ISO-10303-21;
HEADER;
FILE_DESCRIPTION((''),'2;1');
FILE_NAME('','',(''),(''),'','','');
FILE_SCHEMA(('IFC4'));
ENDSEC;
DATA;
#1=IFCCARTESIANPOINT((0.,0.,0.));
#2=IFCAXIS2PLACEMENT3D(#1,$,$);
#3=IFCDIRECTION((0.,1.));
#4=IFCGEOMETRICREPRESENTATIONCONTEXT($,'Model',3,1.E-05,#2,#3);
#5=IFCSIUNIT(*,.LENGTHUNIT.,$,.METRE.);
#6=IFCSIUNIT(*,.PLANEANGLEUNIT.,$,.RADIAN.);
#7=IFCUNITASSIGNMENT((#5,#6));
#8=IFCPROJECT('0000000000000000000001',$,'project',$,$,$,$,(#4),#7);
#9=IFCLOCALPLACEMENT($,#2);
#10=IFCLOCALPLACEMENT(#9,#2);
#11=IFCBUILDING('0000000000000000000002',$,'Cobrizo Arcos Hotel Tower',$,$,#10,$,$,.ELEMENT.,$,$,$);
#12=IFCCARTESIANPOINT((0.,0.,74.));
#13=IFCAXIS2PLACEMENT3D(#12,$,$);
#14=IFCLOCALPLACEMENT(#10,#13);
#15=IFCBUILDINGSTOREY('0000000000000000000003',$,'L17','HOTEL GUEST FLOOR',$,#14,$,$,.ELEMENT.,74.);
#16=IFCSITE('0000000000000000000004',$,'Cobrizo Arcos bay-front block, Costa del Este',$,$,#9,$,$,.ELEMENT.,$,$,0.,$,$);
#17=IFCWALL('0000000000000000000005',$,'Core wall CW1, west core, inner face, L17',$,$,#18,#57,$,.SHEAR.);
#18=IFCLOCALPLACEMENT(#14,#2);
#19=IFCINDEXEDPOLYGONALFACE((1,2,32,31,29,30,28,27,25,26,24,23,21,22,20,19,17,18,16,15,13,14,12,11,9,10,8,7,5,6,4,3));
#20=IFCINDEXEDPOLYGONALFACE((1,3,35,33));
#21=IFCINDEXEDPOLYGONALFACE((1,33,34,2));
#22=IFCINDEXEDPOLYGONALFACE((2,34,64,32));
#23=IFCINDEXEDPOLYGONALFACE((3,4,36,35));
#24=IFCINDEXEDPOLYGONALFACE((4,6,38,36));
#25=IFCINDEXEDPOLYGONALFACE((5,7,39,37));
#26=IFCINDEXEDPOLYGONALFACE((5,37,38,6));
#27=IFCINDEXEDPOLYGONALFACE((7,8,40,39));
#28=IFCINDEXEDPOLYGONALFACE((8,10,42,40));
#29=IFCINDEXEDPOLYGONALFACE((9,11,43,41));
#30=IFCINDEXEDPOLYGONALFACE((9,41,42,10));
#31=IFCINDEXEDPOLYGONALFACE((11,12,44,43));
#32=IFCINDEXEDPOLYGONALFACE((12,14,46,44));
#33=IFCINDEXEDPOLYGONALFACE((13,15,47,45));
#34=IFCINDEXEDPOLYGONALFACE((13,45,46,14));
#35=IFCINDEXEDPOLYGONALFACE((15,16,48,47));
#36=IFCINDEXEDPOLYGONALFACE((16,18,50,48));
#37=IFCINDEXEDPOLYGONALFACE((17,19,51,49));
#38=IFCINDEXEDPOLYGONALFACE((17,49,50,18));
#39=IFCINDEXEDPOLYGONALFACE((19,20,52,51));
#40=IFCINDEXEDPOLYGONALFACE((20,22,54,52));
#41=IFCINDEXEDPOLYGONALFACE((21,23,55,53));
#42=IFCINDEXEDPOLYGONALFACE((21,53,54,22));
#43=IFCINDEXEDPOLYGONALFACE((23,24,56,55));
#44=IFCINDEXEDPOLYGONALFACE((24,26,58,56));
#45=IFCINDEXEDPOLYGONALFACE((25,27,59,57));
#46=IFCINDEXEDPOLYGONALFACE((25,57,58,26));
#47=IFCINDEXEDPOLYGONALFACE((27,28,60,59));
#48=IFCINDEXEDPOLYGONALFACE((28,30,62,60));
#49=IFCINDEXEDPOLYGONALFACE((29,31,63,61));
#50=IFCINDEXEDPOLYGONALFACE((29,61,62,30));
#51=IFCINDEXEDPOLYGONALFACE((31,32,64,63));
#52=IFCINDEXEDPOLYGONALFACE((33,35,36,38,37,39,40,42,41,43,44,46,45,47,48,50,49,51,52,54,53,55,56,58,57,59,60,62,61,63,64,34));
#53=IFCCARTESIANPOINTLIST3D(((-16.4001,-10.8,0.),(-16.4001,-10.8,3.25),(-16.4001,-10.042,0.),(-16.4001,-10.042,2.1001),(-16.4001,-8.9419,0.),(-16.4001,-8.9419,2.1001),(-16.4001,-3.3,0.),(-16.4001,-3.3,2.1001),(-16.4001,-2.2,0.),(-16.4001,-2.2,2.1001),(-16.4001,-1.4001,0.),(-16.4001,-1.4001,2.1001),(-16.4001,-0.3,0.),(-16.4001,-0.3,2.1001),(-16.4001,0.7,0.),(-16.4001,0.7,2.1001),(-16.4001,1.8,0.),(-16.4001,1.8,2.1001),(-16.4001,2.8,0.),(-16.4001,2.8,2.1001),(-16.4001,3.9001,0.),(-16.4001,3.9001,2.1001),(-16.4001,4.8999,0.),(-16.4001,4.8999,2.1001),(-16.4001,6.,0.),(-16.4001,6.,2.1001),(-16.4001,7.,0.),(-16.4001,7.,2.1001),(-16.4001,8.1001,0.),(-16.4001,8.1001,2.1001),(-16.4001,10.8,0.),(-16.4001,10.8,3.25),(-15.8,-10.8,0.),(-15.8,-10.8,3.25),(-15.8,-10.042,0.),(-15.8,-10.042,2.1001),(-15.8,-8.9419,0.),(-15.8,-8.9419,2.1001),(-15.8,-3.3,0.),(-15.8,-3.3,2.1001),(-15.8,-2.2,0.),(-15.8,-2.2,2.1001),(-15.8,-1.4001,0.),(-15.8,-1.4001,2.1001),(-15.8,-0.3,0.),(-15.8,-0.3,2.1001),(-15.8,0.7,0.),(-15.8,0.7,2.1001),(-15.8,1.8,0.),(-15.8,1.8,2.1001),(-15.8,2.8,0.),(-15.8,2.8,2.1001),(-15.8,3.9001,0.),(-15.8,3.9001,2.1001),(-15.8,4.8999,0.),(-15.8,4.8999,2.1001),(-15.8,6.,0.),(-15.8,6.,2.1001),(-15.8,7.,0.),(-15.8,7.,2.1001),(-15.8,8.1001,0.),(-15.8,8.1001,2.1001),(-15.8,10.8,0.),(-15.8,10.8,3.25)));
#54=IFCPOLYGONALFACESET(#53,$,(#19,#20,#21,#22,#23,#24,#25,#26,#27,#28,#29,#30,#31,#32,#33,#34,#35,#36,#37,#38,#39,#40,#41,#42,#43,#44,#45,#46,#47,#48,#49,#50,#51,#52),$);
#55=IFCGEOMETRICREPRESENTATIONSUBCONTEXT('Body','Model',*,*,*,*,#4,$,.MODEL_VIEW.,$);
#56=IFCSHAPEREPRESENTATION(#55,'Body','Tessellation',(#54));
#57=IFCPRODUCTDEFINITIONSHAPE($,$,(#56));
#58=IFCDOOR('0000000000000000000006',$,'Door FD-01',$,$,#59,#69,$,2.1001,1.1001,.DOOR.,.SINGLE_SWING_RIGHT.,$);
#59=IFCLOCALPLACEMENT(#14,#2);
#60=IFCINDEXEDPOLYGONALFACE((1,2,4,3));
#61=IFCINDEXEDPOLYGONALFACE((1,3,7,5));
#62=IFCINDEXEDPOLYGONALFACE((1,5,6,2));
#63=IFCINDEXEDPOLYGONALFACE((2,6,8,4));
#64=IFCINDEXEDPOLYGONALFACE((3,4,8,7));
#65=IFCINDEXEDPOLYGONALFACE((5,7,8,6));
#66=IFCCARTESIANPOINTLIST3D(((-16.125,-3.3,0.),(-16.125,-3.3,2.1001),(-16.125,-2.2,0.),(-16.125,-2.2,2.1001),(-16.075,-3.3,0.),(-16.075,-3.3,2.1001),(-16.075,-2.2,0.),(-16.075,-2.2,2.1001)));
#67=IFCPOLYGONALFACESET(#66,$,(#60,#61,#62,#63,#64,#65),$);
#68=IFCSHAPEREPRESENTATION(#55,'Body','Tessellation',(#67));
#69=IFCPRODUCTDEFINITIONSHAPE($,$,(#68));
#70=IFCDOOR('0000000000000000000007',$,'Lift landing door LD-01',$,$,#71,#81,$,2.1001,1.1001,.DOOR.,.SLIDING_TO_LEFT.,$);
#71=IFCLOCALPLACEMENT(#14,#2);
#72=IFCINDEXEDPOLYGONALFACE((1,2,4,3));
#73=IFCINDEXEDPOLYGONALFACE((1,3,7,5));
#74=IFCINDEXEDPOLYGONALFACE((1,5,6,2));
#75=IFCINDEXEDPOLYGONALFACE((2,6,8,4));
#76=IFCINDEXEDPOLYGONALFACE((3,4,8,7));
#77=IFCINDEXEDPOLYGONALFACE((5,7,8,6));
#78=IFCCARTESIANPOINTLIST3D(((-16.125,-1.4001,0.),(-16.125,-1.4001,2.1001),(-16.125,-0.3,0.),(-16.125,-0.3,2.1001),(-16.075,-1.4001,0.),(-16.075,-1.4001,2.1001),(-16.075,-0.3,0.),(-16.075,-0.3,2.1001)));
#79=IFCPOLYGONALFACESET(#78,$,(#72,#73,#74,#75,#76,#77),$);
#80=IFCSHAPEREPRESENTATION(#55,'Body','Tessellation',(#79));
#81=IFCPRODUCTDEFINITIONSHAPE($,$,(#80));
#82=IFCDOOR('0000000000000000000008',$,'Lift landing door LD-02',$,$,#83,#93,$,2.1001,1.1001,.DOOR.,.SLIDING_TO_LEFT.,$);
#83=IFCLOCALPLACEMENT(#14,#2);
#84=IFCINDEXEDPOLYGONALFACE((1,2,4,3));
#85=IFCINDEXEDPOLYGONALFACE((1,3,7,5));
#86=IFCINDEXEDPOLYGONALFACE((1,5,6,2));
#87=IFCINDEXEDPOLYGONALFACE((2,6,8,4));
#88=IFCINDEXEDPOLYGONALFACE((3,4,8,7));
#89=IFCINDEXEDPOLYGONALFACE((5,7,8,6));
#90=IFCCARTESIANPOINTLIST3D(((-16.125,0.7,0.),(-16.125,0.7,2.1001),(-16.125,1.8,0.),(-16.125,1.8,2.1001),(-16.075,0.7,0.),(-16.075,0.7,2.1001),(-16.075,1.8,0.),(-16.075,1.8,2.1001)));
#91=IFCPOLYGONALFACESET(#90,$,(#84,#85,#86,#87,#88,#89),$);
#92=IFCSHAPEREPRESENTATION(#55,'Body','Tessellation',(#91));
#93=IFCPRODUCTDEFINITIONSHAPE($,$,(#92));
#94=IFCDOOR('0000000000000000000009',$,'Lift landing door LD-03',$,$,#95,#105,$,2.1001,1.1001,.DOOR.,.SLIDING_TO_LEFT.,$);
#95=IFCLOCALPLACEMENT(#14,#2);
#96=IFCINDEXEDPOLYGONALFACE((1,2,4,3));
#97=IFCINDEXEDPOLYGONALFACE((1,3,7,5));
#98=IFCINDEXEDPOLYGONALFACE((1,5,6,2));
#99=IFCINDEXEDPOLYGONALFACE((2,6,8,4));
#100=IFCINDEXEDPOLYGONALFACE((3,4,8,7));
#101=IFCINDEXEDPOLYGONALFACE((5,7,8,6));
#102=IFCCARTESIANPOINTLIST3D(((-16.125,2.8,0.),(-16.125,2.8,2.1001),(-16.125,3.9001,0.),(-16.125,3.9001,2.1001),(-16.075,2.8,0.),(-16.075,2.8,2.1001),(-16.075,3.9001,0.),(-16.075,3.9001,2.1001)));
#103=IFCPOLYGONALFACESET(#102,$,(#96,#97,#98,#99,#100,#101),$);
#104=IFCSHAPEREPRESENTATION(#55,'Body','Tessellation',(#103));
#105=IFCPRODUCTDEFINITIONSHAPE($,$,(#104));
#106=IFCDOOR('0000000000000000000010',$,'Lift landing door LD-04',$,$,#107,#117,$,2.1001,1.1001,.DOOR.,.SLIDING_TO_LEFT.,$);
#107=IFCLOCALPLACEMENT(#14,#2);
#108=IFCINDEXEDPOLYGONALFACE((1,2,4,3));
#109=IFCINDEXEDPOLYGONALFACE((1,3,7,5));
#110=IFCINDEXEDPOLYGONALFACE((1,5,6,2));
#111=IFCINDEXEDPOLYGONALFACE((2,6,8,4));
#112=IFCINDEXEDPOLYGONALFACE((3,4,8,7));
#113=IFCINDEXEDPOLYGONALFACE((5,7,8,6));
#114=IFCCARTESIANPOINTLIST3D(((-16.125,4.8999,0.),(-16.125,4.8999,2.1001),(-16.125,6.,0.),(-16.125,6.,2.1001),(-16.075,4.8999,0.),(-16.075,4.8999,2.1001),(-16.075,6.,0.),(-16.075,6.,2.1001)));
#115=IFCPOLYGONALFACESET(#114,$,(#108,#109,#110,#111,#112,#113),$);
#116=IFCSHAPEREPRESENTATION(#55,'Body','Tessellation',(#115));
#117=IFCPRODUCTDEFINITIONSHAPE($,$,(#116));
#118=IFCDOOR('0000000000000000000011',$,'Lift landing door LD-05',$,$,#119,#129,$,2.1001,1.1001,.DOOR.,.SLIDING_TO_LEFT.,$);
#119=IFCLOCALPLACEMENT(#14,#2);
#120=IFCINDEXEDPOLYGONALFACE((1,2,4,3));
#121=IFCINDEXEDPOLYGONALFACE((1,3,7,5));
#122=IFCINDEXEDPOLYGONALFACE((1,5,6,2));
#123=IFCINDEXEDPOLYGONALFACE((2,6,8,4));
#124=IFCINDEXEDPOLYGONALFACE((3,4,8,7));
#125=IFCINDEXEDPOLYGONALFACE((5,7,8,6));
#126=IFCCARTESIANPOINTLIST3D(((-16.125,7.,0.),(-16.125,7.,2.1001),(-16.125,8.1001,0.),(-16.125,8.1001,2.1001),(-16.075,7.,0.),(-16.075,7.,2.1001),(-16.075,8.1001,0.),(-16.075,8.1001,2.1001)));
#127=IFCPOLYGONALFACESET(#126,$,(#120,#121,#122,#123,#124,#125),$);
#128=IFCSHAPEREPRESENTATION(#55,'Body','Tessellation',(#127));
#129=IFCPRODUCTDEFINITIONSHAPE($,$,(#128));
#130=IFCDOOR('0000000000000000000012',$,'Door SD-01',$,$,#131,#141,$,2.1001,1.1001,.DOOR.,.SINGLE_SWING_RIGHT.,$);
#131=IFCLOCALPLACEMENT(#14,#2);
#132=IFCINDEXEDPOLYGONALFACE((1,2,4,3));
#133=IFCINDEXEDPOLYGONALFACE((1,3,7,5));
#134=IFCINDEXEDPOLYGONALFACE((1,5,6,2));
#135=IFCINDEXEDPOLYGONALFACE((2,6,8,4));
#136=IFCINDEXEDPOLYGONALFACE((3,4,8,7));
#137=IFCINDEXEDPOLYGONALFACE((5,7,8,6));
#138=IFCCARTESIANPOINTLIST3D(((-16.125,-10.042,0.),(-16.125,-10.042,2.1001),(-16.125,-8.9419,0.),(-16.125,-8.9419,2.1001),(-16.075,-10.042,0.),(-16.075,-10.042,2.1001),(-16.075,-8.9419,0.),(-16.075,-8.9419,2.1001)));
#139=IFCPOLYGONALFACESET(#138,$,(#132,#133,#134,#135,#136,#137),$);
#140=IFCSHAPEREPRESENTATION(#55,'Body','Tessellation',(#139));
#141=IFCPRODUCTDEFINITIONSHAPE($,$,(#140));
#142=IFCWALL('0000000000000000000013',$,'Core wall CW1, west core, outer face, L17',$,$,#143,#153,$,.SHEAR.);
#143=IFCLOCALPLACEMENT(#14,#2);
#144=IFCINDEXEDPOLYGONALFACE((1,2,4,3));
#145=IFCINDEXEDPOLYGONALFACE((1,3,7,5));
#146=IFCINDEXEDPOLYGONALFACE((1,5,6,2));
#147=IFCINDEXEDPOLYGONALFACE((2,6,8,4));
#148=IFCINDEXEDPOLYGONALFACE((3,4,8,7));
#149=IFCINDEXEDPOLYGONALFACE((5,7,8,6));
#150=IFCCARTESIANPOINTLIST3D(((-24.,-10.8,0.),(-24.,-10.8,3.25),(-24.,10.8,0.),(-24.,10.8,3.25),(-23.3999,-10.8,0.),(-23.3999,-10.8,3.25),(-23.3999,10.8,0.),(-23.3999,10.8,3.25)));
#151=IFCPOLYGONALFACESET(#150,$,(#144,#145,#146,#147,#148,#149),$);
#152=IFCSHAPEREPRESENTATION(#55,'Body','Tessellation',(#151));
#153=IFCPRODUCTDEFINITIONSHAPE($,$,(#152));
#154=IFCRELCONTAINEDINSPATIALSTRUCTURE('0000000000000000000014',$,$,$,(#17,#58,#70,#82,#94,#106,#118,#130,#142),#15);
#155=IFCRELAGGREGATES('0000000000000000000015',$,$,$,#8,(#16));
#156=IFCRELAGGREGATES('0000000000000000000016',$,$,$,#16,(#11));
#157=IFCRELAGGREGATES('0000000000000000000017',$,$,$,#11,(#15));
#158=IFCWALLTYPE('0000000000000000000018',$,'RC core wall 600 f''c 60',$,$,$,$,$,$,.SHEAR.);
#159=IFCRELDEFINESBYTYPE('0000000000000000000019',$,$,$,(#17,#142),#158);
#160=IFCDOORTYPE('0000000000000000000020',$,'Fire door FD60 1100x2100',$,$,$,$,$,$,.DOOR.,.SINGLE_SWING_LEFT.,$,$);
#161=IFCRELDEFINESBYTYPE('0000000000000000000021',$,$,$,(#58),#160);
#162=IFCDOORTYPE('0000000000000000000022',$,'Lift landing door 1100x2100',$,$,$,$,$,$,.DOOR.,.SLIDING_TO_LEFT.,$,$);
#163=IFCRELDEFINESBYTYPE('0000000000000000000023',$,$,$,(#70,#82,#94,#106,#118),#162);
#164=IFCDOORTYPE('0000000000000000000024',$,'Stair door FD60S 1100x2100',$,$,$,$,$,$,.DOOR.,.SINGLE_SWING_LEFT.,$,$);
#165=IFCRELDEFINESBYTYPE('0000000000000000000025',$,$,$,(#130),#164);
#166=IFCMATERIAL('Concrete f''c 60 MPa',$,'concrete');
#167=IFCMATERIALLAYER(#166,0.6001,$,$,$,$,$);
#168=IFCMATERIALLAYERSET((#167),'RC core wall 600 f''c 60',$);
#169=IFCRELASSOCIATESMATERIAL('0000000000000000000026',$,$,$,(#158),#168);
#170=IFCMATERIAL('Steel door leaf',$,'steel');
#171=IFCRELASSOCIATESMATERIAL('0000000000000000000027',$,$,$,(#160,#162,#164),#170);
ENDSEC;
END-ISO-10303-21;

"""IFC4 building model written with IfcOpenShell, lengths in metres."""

from ifc_helpers import new_model, si_unit, direction, frame, frame_2d, origin, place, context, subcontext, project, spatial, rectangle, extrude, material, layer, layer_set, type_object, element, fill, save


model = new_model("IFC4")

# Units and contexts
model_context = context("Model", 3, precision=1e-05, world=origin(), true_north=direction((0.0, 1.0)))
body_context = subcontext(model_context, "Body", "Model", "MODEL_VIEW")
ifc_project = project(units=[si_unit("LENGTHUNIT", "METRE"), si_unit("PLANEANGLEUNIT", "RADIAN")], contexts=[model_context])

# Site, building, storey
site_placement = place(None, origin())
site = spatial("IfcSite", under=ifc_project, at=site_placement, Name="Cobrizo Arcos bay-front block, Costa del Este", CompositionType="ELEMENT", RefElevation=0.0)
building_placement = place(site_placement, origin())
building = spatial("IfcBuilding", under=site, at=building_placement, Name="Cobrizo Arcos Hotel Tower", CompositionType="ELEMENT")
storey_placement = place(building_placement, frame((0.0, 0.0, 74.0)))
storey = spatial("IfcBuildingStorey", under=building, at=storey_placement, Name="L17", Description="HOTEL GUEST FLOOR", CompositionType="ELEMENT", Elevation=74.0)

# Wall, openings, doors
ifc_material_1 = material(Name="Concrete f'c 60 MPa", Category="concrete")
ifc_layer_1 = layer(ifc_material_1, 0.6001)
ifc_layer_set_1 = layer_set([ifc_layer_1], Name="RC core wall 600 f'c 60")
wall_type_1 = type_object("IfcWallType", Name="RC core wall 600 f'c 60", PredefinedType="SHEAR", material=ifc_layer_set_1)
wall_1_placement = place(storey_placement, frame((-16.1001, -10.8, 0.0), z_axis=(0.0, 0.0, 1.0), x_axis=(0.0, 1.0, 0.0)))
wall_1 = element("IfcWall", 1, at=wall_1_placement, inside=storey, type_object=wall_type_1, Name="Core wall CW1, west core, inner face, L17", PredefinedType="SHEAR", context=body_context, shape_type="SweptSolid", body=[
    extrude(rectangle(XDim=21.6001, YDim=0.6001, at=frame_2d((10.8, 0.0))), origin(), (0.0, 0.0, 1.0), 3.25),
])
opening_1_placement = place(wall_1_placement, frame((9.3999, 0.0, 0.0)))
opening_1 = element("IfcOpeningElement", 2, at=opening_1_placement, cuts=wall_1, PredefinedType="OPENING", context=body_context, shape_type="SweptSolid", body=[
    extrude(rectangle(XDim=1.1001, YDim=2.1001, at=frame_2d((0.55, 1.05))), frame((0.0, 0.312, 0.0), z_axis=(0.0, -1.0, 0.0), x_axis=(1.0, 0.0, 0.0)), (0.0, 0.0, 1.0), 0.624),
])
opening_2_placement = place(wall_1_placement, frame((11.5, 0.0, 0.0)))
opening_2 = element("IfcOpeningElement", 3, at=opening_2_placement, cuts=wall_1, PredefinedType="OPENING", context=body_context, shape_type="SweptSolid", body=[
    extrude(rectangle(XDim=1.1001, YDim=2.1001, at=frame_2d((0.55, 1.05))), frame((0.0, 0.312, 0.0), z_axis=(0.0, -1.0, 0.0), x_axis=(1.0, 0.0, 0.0)), (0.0, 0.0, 1.0), 0.624),
])
opening_3_placement = place(wall_1_placement, frame((13.6001, 0.0, 0.0)))
opening_3 = element("IfcOpeningElement", 4, at=opening_3_placement, cuts=wall_1, PredefinedType="OPENING", context=body_context, shape_type="SweptSolid", body=[
    extrude(rectangle(XDim=1.1001, YDim=2.1001, at=frame_2d((0.55, 1.05))), frame((0.0, 0.312, 0.0), z_axis=(0.0, -1.0, 0.0), x_axis=(1.0, 0.0, 0.0)), (0.0, 0.0, 1.0), 0.624),
])
opening_4_placement = place(wall_1_placement, frame((15.7, 0.0, 0.0)))
opening_4 = element("IfcOpeningElement", 5, at=opening_4_placement, cuts=wall_1, PredefinedType="OPENING", context=body_context, shape_type="SweptSolid", body=[
    extrude(rectangle(XDim=1.1001, YDim=2.1001, at=frame_2d((0.55, 1.05))), frame((0.0, 0.312, 0.0), z_axis=(0.0, -1.0, 0.0), x_axis=(1.0, 0.0, 0.0)), (0.0, 0.0, 1.0), 0.624),
])
opening_5_placement = place(wall_1_placement, frame((17.8, 0.0, 0.0)))
opening_5 = element("IfcOpeningElement", 6, at=opening_5_placement, cuts=wall_1, PredefinedType="OPENING", context=body_context, shape_type="SweptSolid", body=[
    extrude(rectangle(XDim=1.1001, YDim=2.1001, at=frame_2d((0.55, 1.05))), frame((0.0, 0.312, 0.0), z_axis=(0.0, -1.0, 0.0), x_axis=(1.0, 0.0, 0.0)), (0.0, 0.0, 1.0), 0.624),
])
opening_6_placement = place(wall_1_placement, frame((0.7581, 0.0, 0.0)))
opening_6 = element("IfcOpeningElement", 7, at=opening_6_placement, cuts=wall_1, PredefinedType="OPENING", context=body_context, shape_type="SweptSolid", body=[
    extrude(rectangle(XDim=1.1001, YDim=2.1001, at=frame_2d((0.55, 1.05))), frame((0.0, 0.312, 0.0), z_axis=(0.0, -1.0, 0.0), x_axis=(1.0, 0.0, 0.0)), (0.0, 0.0, 1.0), 0.624),
])
opening_7_placement = place(wall_1_placement, frame((7.5, 0.0, 0.0)))
opening_7 = element("IfcOpeningElement", 8, at=opening_7_placement, cuts=wall_1, PredefinedType="OPENING", context=body_context, shape_type="SweptSolid", body=[
    extrude(rectangle(XDim=1.1001, YDim=2.1001, at=frame_2d((0.55, 1.05))), frame((0.0, 0.312, 0.0), z_axis=(0.0, -1.0, 0.0), x_axis=(1.0, 0.0, 0.0)), (0.0, 0.0, 1.0), 0.624),
])
ifc_material_2 = material(Name="Steel door leaf", Category="steel")
door_type_1 = type_object("IfcDoorType", Name="Fire door FD60 1100x2100", OperationType="SINGLE_SWING_LEFT", PredefinedType="DOOR", material=ifc_material_2)
door_1_placement = place(opening_7_placement, origin())
door_1 = element("IfcDoor", 9, at=door_1_placement, inside=storey, type_object=door_type_1, Name="Door FD-01", OperationType="SINGLE_SWING_RIGHT", OverallHeight=2.1001, OverallWidth=1.1001, PredefinedType="DOOR", context=body_context, shape_type="SweptSolid", body=[
    extrude(rectangle(XDim=1.1001, YDim=2.1001, at=frame_2d((0.55, 1.05))), frame((0.0, 0.0249, 0.0), z_axis=(0.0, -1.0, 0.0), x_axis=(1.0, 0.0, 0.0)), (0.0, 0.0, 1.0), 0.05),
])
fill(opening_7, door_1)
door_type_2 = type_object("IfcDoorType", Name="Lift landing door 1100x2100", OperationType="SLIDING_TO_LEFT", PredefinedType="DOOR", material=ifc_material_2)
door_2_placement = place(opening_1_placement, origin())
door_2 = element("IfcDoor", 10, at=door_2_placement, inside=storey, type_object=door_type_2, Name="Lift landing door LD-01", OperationType="SLIDING_TO_LEFT", OverallHeight=2.1001, OverallWidth=1.1001, PredefinedType="DOOR", context=body_context, shape_type="SweptSolid", body=[
    extrude(rectangle(XDim=1.1001, YDim=2.1001, at=frame_2d((0.55, 1.05))), frame((0.0, 0.0249, 0.0), z_axis=(0.0, -1.0, 0.0), x_axis=(1.0, 0.0, 0.0)), (0.0, 0.0, 1.0), 0.05),
])
fill(opening_1, door_2)
door_3_placement = place(opening_2_placement, origin())
door_3 = element("IfcDoor", 11, at=door_3_placement, inside=storey, type_object=door_type_2, Name="Lift landing door LD-02", OperationType="SLIDING_TO_LEFT", OverallHeight=2.1001, OverallWidth=1.1001, PredefinedType="DOOR", context=body_context, shape_type="SweptSolid", body=[
    extrude(rectangle(XDim=1.1001, YDim=2.1001, at=frame_2d((0.55, 1.05))), frame((0.0, 0.0249, 0.0), z_axis=(0.0, -1.0, 0.0), x_axis=(1.0, 0.0, 0.0)), (0.0, 0.0, 1.0), 0.05),
])
fill(opening_2, door_3)
door_4_placement = place(opening_3_placement, origin())
door_4 = element("IfcDoor", 12, at=door_4_placement, inside=storey, type_object=door_type_2, Name="Lift landing door LD-03", OperationType="SLIDING_TO_LEFT", OverallHeight=2.1001, OverallWidth=1.1001, PredefinedType="DOOR", context=body_context, shape_type="SweptSolid", body=[
    extrude(rectangle(XDim=1.1001, YDim=2.1001, at=frame_2d((0.55, 1.05))), frame((0.0, 0.0249, 0.0), z_axis=(0.0, -1.0, 0.0), x_axis=(1.0, 0.0, 0.0)), (0.0, 0.0, 1.0), 0.05),
])
fill(opening_3, door_4)
door_5_placement = place(opening_4_placement, origin())
door_5 = element("IfcDoor", 13, at=door_5_placement, inside=storey, type_object=door_type_2, Name="Lift landing door LD-04", OperationType="SLIDING_TO_LEFT", OverallHeight=2.1001, OverallWidth=1.1001, PredefinedType="DOOR", context=body_context, shape_type="SweptSolid", body=[
    extrude(rectangle(XDim=1.1001, YDim=2.1001, at=frame_2d((0.55, 1.05))), frame((0.0, 0.0249, 0.0), z_axis=(0.0, -1.0, 0.0), x_axis=(1.0, 0.0, 0.0)), (0.0, 0.0, 1.0), 0.05),
])
fill(opening_4, door_5)
door_6_placement = place(opening_5_placement, origin())
door_6 = element("IfcDoor", 14, at=door_6_placement, inside=storey, type_object=door_type_2, Name="Lift landing door LD-05", OperationType="SLIDING_TO_LEFT", OverallHeight=2.1001, OverallWidth=1.1001, PredefinedType="DOOR", context=body_context, shape_type="SweptSolid", body=[
    extrude(rectangle(XDim=1.1001, YDim=2.1001, at=frame_2d((0.55, 1.05))), frame((0.0, 0.0249, 0.0), z_axis=(0.0, -1.0, 0.0), x_axis=(1.0, 0.0, 0.0)), (0.0, 0.0, 1.0), 0.05),
])
fill(opening_5, door_6)
door_type_3 = type_object("IfcDoorType", Name="Stair door FD60S 1100x2100", OperationType="SINGLE_SWING_LEFT", PredefinedType="DOOR", material=ifc_material_2)
door_7_placement = place(opening_6_placement, origin())
door_7 = element("IfcDoor", 15, at=door_7_placement, inside=storey, type_object=door_type_3, Name="Door SD-01", OperationType="SINGLE_SWING_RIGHT", OverallHeight=2.1001, OverallWidth=1.1001, PredefinedType="DOOR", context=body_context, shape_type="SweptSolid", body=[
    extrude(rectangle(XDim=1.1001, YDim=2.1001, at=frame_2d((0.55, 1.05))), frame((0.0, 0.0249, 0.0), z_axis=(0.0, -1.0, 0.0), x_axis=(1.0, 0.0, 0.0)), (0.0, 0.0, 1.0), 0.05),
])
fill(opening_6, door_7)

# Wall
wall_2_placement = place(storey_placement, frame((-23.7, -10.8, 0.0), z_axis=(0.0, 0.0, 1.0), x_axis=(0.0, 1.0, 0.0)))
element("IfcWall", 16, at=wall_2_placement, inside=storey, type_object=wall_type_1, Name="Core wall CW1, west core, outer face, L17", PredefinedType="SHEAR", context=body_context, shape_type="SweptSolid", body=[
    extrude(rectangle(XDim=21.6001, YDim=0.6001, at=frame_2d((10.8, 0.0))), origin(), (0.0, 0.0, 1.0), 3.25),
])

save(model, "model.ifc")
